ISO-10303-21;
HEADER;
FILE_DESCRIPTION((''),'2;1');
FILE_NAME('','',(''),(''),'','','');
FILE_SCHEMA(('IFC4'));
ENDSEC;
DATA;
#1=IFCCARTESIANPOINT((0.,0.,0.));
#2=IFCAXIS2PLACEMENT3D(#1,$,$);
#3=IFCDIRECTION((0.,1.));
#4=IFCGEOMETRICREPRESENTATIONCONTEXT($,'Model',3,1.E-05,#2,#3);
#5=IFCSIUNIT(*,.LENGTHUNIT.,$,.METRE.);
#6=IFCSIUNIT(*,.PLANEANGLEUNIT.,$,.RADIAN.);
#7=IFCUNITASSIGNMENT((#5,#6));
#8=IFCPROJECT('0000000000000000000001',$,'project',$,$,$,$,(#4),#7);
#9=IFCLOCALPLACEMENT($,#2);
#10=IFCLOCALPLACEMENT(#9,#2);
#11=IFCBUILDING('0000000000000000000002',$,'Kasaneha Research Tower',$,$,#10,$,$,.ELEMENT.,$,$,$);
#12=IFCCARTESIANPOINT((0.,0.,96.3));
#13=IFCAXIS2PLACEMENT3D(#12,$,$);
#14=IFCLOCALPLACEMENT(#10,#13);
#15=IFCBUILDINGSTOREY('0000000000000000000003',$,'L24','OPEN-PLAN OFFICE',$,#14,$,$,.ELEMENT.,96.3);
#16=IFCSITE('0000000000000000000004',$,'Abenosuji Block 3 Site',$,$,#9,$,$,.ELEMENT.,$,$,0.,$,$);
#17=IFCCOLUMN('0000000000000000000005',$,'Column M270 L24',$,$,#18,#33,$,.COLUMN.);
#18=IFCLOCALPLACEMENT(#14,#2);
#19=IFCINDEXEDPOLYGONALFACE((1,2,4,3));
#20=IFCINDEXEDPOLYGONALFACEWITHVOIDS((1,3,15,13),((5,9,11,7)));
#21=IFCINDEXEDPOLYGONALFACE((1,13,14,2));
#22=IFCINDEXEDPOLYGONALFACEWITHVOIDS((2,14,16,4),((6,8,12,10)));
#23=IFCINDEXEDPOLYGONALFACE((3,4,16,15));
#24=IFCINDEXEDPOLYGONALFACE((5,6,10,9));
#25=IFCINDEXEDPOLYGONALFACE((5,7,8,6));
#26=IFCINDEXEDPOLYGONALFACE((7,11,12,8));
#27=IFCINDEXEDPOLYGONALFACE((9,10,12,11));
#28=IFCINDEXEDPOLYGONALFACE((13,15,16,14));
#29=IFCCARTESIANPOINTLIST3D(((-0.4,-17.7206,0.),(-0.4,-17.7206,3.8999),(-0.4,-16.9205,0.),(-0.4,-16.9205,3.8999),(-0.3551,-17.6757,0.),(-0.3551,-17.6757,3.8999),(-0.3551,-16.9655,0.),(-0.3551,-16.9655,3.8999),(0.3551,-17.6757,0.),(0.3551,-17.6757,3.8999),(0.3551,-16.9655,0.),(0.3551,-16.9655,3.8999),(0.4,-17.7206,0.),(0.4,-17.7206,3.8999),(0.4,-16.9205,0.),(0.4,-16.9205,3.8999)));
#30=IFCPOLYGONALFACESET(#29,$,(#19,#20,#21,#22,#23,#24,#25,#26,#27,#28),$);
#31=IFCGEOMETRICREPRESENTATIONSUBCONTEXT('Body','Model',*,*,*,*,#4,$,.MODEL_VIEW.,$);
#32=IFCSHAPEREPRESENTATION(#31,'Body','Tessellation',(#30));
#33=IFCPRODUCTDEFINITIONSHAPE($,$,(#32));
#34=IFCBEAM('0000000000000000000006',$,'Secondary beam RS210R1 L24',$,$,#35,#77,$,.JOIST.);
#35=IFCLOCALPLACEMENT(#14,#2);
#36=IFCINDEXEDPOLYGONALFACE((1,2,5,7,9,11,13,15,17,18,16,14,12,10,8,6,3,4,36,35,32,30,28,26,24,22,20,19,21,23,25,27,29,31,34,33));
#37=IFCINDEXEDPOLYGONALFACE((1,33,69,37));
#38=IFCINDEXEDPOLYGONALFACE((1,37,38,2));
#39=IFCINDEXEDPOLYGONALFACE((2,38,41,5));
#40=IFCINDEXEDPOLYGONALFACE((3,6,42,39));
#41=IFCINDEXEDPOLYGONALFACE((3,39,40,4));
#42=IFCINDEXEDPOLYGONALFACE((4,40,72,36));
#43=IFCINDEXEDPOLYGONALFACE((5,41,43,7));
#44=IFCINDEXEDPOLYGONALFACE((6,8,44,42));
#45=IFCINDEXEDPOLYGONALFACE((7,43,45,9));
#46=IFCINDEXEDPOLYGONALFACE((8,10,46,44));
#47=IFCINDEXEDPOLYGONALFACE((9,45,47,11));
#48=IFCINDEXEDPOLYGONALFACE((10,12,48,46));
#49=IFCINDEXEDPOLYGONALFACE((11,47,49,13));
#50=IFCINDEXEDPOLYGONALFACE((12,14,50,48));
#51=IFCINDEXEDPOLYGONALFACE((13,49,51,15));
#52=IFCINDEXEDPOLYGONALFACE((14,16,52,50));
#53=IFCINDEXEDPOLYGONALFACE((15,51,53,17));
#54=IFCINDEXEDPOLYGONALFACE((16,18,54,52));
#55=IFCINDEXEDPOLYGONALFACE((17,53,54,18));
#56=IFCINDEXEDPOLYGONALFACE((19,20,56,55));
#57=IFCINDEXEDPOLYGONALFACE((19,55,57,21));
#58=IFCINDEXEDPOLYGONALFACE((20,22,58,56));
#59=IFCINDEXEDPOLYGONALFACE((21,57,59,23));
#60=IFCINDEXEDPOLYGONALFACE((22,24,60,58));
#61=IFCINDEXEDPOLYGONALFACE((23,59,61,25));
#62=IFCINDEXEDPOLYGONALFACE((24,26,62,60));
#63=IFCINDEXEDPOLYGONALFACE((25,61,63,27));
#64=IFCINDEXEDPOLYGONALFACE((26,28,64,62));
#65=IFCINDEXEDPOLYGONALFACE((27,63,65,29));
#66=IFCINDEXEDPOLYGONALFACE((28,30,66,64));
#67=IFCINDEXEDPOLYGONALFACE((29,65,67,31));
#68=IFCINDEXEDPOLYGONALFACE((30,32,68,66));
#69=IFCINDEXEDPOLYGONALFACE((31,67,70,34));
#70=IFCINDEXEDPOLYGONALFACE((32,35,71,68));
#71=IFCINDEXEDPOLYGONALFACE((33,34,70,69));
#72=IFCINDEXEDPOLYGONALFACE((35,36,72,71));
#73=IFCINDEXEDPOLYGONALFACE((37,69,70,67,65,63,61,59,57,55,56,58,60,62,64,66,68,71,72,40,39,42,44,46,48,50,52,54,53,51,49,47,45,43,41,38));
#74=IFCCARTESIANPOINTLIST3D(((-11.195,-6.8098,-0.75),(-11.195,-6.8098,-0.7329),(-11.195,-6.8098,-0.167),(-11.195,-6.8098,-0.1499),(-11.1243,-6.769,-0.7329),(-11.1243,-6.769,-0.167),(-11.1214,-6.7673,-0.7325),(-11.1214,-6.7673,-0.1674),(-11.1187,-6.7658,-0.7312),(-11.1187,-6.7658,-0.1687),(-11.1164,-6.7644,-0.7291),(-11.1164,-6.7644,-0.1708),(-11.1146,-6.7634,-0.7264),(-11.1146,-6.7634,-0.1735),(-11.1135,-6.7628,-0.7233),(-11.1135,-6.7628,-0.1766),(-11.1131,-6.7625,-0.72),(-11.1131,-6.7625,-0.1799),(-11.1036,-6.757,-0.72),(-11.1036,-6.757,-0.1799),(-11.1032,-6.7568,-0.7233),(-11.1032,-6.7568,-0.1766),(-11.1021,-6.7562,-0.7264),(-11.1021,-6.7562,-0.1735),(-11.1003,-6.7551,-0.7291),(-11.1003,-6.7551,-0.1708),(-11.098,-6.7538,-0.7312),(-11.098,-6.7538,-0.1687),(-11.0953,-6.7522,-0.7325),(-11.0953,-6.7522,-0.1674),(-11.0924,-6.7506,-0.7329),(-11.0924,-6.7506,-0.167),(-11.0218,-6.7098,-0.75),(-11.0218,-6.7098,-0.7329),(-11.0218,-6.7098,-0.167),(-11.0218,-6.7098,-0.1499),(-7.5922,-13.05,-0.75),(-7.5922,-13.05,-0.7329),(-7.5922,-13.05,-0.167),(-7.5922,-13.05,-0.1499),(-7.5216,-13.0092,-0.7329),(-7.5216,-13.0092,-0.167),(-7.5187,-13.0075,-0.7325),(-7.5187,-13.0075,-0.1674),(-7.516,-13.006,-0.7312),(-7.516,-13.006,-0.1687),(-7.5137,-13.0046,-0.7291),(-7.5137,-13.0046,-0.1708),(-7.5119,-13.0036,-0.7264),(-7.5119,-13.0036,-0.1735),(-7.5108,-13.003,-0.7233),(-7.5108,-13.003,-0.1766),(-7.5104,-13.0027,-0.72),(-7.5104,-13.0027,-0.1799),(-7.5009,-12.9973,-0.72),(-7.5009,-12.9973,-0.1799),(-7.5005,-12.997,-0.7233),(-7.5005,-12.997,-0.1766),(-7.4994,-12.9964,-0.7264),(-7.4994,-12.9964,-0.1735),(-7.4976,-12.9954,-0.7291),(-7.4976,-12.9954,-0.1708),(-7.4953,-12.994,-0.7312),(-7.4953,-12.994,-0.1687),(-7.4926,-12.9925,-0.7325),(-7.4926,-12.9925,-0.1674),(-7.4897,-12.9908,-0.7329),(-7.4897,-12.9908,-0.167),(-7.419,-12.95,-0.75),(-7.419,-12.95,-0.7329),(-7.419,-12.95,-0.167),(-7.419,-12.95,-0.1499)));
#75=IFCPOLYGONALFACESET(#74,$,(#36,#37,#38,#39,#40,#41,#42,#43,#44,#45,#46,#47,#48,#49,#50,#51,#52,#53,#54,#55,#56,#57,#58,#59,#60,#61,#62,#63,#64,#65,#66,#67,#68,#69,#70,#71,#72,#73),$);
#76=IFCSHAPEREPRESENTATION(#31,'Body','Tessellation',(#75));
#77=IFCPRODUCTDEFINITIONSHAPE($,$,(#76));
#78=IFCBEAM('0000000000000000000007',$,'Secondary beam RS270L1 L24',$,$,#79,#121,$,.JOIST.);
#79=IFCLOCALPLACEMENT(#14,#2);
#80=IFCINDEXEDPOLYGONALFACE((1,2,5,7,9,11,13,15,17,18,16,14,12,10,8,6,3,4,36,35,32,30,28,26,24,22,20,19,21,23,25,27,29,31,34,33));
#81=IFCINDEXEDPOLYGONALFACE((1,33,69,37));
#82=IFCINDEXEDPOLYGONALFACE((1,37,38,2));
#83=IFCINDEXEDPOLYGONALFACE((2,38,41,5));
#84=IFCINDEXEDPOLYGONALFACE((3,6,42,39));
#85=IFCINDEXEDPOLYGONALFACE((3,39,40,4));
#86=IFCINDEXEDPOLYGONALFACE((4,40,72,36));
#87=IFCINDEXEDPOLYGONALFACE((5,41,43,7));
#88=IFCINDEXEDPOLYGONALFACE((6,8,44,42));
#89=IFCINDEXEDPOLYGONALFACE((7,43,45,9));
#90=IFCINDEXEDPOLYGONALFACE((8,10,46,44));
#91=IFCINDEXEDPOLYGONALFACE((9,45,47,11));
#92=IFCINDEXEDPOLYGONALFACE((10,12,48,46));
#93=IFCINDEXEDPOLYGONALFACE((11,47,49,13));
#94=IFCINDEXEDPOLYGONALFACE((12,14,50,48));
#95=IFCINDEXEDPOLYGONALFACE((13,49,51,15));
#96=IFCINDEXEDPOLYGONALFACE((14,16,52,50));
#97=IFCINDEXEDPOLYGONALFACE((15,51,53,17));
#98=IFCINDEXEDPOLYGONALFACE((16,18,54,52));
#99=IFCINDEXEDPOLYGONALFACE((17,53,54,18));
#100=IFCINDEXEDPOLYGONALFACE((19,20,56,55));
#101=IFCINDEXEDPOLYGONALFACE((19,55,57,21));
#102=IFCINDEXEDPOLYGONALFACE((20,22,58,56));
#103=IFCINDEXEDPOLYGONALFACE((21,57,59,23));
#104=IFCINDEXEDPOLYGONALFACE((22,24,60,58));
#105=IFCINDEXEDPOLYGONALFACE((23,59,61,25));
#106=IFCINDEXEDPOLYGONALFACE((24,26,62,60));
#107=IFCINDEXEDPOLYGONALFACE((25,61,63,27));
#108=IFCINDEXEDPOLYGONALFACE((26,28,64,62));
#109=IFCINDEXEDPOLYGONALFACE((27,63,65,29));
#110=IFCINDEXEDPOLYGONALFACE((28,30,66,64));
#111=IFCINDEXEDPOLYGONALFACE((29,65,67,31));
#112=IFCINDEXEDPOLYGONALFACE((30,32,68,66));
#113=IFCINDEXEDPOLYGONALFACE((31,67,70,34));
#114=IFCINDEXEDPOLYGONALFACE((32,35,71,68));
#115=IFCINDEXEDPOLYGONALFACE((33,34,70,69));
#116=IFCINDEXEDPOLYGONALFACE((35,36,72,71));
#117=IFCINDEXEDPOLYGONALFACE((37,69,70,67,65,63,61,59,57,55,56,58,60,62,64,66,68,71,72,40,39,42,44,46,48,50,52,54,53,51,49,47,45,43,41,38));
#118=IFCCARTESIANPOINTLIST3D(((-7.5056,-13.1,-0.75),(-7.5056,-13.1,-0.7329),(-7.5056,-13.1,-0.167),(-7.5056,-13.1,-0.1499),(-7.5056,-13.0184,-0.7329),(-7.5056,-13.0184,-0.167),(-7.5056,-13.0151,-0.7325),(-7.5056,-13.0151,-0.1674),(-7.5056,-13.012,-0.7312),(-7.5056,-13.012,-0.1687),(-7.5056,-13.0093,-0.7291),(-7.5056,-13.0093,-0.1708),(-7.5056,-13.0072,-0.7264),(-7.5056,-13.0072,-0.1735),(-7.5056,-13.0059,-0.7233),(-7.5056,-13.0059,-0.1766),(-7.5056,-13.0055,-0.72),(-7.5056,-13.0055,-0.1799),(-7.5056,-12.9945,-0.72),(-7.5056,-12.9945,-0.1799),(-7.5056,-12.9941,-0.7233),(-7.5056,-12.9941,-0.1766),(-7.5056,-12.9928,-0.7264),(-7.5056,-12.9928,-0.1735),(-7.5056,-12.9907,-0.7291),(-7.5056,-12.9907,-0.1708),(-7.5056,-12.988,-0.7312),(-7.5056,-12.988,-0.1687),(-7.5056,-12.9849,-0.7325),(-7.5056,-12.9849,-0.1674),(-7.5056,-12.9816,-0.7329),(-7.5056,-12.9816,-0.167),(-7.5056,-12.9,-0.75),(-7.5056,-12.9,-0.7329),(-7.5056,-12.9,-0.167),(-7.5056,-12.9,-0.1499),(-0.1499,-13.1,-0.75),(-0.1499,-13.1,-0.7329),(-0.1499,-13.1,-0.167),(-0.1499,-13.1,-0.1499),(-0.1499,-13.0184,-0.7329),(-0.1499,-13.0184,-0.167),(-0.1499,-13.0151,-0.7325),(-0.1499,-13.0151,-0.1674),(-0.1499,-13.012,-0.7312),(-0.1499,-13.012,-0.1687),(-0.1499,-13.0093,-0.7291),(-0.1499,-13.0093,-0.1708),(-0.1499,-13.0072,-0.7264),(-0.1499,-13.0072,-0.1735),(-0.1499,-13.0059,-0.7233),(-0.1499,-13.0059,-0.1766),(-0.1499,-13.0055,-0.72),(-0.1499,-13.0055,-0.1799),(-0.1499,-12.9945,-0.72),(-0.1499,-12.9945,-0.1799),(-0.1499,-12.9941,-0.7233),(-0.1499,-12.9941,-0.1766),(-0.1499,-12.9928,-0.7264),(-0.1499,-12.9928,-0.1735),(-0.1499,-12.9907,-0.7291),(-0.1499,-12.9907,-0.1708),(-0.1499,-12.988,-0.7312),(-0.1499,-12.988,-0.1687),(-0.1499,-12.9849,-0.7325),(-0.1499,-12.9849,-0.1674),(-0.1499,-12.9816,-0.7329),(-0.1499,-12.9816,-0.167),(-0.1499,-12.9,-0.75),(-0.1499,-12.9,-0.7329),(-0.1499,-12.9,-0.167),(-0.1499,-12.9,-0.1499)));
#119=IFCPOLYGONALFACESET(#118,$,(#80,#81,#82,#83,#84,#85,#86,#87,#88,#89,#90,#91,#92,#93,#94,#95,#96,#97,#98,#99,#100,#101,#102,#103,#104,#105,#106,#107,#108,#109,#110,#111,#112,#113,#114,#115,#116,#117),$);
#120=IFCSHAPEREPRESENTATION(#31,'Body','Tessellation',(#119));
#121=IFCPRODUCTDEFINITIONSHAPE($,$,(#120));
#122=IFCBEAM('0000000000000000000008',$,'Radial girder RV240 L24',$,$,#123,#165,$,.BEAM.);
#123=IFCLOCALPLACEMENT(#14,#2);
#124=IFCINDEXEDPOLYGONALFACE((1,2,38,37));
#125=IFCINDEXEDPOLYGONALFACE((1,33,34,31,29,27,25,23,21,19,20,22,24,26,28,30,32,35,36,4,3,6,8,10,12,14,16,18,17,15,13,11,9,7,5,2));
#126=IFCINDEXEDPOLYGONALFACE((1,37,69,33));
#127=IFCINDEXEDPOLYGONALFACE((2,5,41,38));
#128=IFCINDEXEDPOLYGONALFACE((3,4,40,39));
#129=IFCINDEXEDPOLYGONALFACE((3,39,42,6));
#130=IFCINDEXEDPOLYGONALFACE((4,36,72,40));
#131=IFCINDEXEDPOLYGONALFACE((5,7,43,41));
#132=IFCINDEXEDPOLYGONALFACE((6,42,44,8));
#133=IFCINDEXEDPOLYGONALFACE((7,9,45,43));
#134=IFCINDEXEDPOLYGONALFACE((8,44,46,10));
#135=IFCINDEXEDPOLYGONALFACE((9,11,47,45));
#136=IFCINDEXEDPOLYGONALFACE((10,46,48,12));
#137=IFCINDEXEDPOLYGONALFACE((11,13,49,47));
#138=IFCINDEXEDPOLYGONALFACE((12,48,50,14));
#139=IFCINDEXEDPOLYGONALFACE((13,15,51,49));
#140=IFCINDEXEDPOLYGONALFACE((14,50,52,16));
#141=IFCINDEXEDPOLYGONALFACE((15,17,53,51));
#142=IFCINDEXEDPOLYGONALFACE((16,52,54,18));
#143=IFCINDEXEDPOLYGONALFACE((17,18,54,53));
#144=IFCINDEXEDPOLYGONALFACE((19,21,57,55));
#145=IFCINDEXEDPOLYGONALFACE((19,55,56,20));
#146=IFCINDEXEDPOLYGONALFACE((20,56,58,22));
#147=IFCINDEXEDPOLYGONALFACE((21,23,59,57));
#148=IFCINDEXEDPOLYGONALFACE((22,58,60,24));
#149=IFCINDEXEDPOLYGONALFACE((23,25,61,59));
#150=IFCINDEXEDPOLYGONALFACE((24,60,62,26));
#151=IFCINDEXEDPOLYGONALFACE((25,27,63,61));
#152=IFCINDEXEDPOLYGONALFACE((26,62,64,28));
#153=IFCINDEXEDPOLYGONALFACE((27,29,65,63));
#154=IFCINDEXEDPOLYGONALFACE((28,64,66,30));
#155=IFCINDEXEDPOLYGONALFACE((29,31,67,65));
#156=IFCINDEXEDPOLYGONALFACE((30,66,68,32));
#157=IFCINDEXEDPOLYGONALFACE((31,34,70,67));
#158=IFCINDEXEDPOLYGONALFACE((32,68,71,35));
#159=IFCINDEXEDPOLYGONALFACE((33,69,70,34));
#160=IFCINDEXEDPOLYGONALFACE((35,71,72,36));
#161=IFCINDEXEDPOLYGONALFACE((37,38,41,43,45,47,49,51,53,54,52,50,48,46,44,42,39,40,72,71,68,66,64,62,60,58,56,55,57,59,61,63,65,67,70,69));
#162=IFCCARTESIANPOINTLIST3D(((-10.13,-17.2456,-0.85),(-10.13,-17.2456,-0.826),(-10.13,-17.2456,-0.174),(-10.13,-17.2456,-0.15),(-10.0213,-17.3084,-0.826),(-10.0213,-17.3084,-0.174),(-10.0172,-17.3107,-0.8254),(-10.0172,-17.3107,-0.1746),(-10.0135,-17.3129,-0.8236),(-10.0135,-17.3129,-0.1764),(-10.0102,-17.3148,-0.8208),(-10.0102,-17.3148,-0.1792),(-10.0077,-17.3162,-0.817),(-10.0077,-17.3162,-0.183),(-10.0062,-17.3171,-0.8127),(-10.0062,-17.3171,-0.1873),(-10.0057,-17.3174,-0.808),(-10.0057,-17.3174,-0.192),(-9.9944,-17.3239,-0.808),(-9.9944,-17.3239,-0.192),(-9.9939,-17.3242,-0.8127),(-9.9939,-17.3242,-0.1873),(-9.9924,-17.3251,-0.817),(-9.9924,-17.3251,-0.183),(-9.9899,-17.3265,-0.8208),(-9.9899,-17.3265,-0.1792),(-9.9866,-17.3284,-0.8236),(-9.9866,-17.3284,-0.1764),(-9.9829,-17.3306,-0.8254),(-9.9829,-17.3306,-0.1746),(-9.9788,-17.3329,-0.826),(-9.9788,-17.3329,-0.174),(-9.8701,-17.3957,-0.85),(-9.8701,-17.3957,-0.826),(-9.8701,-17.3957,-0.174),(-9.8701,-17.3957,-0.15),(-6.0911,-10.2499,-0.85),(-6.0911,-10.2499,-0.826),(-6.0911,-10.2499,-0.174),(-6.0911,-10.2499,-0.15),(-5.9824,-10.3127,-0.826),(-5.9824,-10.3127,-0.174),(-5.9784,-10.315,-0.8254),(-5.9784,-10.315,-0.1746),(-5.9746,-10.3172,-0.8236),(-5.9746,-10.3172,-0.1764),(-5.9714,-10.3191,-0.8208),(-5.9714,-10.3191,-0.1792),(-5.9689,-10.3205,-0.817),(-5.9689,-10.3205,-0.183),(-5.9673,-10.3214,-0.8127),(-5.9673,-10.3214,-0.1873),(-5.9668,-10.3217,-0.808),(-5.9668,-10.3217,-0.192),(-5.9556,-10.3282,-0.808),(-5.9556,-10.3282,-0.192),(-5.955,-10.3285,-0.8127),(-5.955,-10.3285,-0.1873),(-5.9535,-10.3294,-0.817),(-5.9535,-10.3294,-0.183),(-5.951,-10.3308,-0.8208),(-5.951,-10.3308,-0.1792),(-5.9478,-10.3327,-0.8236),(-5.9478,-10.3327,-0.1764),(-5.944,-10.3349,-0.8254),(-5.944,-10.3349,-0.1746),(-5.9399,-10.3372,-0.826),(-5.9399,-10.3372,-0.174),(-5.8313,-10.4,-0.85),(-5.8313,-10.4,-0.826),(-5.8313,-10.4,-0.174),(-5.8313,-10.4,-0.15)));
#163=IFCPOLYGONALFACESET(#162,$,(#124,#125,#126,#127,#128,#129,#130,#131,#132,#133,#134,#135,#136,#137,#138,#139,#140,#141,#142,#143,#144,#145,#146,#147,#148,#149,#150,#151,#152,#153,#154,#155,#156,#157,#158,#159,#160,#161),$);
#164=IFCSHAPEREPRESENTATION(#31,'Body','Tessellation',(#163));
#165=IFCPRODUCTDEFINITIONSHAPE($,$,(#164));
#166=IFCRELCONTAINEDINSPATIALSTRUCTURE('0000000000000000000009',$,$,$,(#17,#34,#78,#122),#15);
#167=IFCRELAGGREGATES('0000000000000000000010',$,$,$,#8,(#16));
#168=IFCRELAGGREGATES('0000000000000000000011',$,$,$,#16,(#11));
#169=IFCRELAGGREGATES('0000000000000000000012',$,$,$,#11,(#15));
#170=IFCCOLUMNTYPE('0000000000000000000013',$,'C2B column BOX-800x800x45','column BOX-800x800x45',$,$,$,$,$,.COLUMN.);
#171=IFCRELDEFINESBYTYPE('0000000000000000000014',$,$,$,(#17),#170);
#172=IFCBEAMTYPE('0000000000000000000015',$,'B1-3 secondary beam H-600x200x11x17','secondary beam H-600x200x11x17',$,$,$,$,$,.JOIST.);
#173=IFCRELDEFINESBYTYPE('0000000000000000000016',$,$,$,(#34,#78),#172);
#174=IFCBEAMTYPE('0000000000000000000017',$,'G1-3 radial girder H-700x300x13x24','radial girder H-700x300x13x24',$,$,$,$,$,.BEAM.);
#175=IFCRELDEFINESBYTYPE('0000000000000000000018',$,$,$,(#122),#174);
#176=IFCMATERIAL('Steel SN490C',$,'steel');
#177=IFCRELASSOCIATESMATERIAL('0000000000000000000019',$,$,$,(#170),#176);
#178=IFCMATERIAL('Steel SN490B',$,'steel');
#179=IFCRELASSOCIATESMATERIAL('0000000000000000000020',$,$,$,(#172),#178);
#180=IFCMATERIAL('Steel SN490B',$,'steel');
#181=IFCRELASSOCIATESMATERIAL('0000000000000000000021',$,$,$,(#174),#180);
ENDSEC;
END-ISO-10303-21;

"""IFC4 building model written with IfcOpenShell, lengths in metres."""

from ifc_helpers import new_model, si_unit, direction, frame, origin, origin_2d, place, context, subcontext, project, spatial, hollow_rectangle, i_section, extrude, material, material_profile, profile_set, type_object, element, save


model = new_model("IFC4")

# Units and contexts
model_context = context("Model", 3, precision=1e-05, world=origin(), true_north=direction((0.0, 1.0)))
body_context = subcontext(model_context, "Body", "Model", "MODEL_VIEW")
ifc_project = project(units=[si_unit("LENGTHUNIT", "METRE"), si_unit("PLANEANGLEUNIT", "RADIAN")], contexts=[model_context])

# Site, building, storey
site_placement = place(None, origin())
site = spatial("IfcSite", under=ifc_project, at=site_placement, Name="Abenosuji Block 3 Site", CompositionType="ELEMENT", RefElevation=0.0)
building_placement = place(site_placement, origin())
building = spatial("IfcBuilding", under=site, at=building_placement, Name="Kasaneha Research Tower", CompositionType="ELEMENT")
storey_placement = place(building_placement, frame((0.0, 0.0, 96.3)))
storey = spatial("IfcBuildingStorey", under=building, at=storey_placement, Name="L24", Description="OPEN-PLAN OFFICE", CompositionType="ELEMENT", Elevation=96.3)

# Column
ifc_material_1 = material(Name="Steel SN490C", Category="steel")
ifc_material_profile_1 = material_profile(ifc_material_1, hollow_rectangle(XDim=0.8, YDim=0.8, WallThickness=0.0449, at=origin_2d()), Name="BOX-800x800x45")
ifc_profile_set_1 = profile_set([ifc_material_profile_1], Name="Steel SN490C")
column_type = type_object("IfcColumnType", Name="C2B column BOX-800x800x45", Description="column BOX-800x800x45", PredefinedType="COLUMN", material=ifc_profile_set_1)
column_placement = place(storey_placement, frame((0.0, -17.3206, 0.0), z_axis=(0.0, 0.0, 1.0), x_axis=(1.0, 0.0, 0.0)))
element("IfcColumn", 1, at=column_placement, inside=storey, type_object=column_type, Name="Column M270 L24", PredefinedType="COLUMN", context=body_context, shape_type="SweptSolid", body=[
    extrude(hollow_rectangle(XDim=0.8, YDim=0.8, WallThickness=0.0449, at=origin_2d()), origin(), (0.0, 0.0, 1.0), 3.8999),
])

# Beams
ifc_material_2 = material(Name="Steel SN490B", Category="steel")
ifc_material_profile_2 = material_profile(ifc_material_2, i_section(OverallWidth=0.2, OverallDepth=0.6001, WebThickness=0.011, FlangeThickness=0.0171, FilletRadius=0.0129, at=origin_2d()), Name="H-600x200x11x17")
ifc_profile_set_2 = profile_set([ifc_material_profile_2], Name="Steel SN490B")
beam_type_1 = type_object("IfcBeamType", Name="B1-3 secondary beam H-600x200x11x17", Description="secondary beam H-600x200x11x17", PredefinedType="JOIST", material=ifc_profile_set_2)
beam_1_placement = place(storey_placement, frame((-7.5056, -13.0, -0.45), z_axis=(-0.499998, 0.866026, 0.0), x_axis=(-0.866026, -0.499998, 0.0)))
element("IfcBeam", 2, at=beam_1_placement, inside=storey, type_object=beam_type_1, Name="Secondary beam RS210R1 L24", PredefinedType="JOIST", context=body_context, shape_type="SweptSolid", body=[
    extrude(i_section(OverallWidth=0.2, OverallDepth=0.6001, WebThickness=0.011, FlangeThickness=0.0171, FilletRadius=0.0129, at=origin_2d()), origin(), (0.0, 0.0, 1.0), 7.2056),
])
beam_2_placement = place(storey_placement, frame((-7.5056, -13.0, -0.45), z_axis=(1.0, 0.0, 0.0), x_axis=(0.0, 1.0, 0.0)))
element("IfcBeam", 3, at=beam_2_placement, inside=storey, type_object=beam_type_1, Name="Secondary beam RS270L1 L24", PredefinedType="JOIST", context=body_context, shape_type="SweptSolid", body=[
    extrude(i_section(OverallWidth=0.2, OverallDepth=0.6001, WebThickness=0.011, FlangeThickness=0.0171, FilletRadius=0.0129, at=origin_2d()), origin(), (0.0, 0.0, 1.0), 7.3557),
])
ifc_material_3 = material(Name="Steel SN490B", Category="steel")
ifc_material_profile_3 = material_profile(ifc_material_3, i_section(OverallWidth=0.3, OverallDepth=0.7, WebThickness=0.0129, FlangeThickness=0.0239, FilletRadius=0.0181, at=origin_2d()), Name="H-700x300x13x24")
ifc_profile_set_3 = profile_set([ifc_material_profile_3], Name="Steel SN490B")
beam_type_2 = type_object("IfcBeamType", Name="G1-3 radial girder H-700x300x13x24", Description="radial girder H-700x300x13x24", PredefinedType="BEAM", material=ifc_profile_set_3)
beam_3_placement = place(storey_placement, frame((-5.9612, -10.325, -0.5), z_axis=(-0.499991, -0.866031, 0.0), x_axis=(0.866031, -0.499991, 0.0)))
element("IfcBeam", 4, at=beam_3_placement, inside=storey, type_object=beam_type_2, Name="Radial girder RV240 L24", PredefinedType="BEAM", context=body_context, shape_type="SweptSolid", body=[
    extrude(i_section(OverallWidth=0.3, OverallDepth=0.7, WebThickness=0.0129, FlangeThickness=0.0239, FilletRadius=0.0181, at=origin_2d()), origin(), (0.0, 0.0, 1.0), 8.0779),
])

save(model, "model.ifc")
